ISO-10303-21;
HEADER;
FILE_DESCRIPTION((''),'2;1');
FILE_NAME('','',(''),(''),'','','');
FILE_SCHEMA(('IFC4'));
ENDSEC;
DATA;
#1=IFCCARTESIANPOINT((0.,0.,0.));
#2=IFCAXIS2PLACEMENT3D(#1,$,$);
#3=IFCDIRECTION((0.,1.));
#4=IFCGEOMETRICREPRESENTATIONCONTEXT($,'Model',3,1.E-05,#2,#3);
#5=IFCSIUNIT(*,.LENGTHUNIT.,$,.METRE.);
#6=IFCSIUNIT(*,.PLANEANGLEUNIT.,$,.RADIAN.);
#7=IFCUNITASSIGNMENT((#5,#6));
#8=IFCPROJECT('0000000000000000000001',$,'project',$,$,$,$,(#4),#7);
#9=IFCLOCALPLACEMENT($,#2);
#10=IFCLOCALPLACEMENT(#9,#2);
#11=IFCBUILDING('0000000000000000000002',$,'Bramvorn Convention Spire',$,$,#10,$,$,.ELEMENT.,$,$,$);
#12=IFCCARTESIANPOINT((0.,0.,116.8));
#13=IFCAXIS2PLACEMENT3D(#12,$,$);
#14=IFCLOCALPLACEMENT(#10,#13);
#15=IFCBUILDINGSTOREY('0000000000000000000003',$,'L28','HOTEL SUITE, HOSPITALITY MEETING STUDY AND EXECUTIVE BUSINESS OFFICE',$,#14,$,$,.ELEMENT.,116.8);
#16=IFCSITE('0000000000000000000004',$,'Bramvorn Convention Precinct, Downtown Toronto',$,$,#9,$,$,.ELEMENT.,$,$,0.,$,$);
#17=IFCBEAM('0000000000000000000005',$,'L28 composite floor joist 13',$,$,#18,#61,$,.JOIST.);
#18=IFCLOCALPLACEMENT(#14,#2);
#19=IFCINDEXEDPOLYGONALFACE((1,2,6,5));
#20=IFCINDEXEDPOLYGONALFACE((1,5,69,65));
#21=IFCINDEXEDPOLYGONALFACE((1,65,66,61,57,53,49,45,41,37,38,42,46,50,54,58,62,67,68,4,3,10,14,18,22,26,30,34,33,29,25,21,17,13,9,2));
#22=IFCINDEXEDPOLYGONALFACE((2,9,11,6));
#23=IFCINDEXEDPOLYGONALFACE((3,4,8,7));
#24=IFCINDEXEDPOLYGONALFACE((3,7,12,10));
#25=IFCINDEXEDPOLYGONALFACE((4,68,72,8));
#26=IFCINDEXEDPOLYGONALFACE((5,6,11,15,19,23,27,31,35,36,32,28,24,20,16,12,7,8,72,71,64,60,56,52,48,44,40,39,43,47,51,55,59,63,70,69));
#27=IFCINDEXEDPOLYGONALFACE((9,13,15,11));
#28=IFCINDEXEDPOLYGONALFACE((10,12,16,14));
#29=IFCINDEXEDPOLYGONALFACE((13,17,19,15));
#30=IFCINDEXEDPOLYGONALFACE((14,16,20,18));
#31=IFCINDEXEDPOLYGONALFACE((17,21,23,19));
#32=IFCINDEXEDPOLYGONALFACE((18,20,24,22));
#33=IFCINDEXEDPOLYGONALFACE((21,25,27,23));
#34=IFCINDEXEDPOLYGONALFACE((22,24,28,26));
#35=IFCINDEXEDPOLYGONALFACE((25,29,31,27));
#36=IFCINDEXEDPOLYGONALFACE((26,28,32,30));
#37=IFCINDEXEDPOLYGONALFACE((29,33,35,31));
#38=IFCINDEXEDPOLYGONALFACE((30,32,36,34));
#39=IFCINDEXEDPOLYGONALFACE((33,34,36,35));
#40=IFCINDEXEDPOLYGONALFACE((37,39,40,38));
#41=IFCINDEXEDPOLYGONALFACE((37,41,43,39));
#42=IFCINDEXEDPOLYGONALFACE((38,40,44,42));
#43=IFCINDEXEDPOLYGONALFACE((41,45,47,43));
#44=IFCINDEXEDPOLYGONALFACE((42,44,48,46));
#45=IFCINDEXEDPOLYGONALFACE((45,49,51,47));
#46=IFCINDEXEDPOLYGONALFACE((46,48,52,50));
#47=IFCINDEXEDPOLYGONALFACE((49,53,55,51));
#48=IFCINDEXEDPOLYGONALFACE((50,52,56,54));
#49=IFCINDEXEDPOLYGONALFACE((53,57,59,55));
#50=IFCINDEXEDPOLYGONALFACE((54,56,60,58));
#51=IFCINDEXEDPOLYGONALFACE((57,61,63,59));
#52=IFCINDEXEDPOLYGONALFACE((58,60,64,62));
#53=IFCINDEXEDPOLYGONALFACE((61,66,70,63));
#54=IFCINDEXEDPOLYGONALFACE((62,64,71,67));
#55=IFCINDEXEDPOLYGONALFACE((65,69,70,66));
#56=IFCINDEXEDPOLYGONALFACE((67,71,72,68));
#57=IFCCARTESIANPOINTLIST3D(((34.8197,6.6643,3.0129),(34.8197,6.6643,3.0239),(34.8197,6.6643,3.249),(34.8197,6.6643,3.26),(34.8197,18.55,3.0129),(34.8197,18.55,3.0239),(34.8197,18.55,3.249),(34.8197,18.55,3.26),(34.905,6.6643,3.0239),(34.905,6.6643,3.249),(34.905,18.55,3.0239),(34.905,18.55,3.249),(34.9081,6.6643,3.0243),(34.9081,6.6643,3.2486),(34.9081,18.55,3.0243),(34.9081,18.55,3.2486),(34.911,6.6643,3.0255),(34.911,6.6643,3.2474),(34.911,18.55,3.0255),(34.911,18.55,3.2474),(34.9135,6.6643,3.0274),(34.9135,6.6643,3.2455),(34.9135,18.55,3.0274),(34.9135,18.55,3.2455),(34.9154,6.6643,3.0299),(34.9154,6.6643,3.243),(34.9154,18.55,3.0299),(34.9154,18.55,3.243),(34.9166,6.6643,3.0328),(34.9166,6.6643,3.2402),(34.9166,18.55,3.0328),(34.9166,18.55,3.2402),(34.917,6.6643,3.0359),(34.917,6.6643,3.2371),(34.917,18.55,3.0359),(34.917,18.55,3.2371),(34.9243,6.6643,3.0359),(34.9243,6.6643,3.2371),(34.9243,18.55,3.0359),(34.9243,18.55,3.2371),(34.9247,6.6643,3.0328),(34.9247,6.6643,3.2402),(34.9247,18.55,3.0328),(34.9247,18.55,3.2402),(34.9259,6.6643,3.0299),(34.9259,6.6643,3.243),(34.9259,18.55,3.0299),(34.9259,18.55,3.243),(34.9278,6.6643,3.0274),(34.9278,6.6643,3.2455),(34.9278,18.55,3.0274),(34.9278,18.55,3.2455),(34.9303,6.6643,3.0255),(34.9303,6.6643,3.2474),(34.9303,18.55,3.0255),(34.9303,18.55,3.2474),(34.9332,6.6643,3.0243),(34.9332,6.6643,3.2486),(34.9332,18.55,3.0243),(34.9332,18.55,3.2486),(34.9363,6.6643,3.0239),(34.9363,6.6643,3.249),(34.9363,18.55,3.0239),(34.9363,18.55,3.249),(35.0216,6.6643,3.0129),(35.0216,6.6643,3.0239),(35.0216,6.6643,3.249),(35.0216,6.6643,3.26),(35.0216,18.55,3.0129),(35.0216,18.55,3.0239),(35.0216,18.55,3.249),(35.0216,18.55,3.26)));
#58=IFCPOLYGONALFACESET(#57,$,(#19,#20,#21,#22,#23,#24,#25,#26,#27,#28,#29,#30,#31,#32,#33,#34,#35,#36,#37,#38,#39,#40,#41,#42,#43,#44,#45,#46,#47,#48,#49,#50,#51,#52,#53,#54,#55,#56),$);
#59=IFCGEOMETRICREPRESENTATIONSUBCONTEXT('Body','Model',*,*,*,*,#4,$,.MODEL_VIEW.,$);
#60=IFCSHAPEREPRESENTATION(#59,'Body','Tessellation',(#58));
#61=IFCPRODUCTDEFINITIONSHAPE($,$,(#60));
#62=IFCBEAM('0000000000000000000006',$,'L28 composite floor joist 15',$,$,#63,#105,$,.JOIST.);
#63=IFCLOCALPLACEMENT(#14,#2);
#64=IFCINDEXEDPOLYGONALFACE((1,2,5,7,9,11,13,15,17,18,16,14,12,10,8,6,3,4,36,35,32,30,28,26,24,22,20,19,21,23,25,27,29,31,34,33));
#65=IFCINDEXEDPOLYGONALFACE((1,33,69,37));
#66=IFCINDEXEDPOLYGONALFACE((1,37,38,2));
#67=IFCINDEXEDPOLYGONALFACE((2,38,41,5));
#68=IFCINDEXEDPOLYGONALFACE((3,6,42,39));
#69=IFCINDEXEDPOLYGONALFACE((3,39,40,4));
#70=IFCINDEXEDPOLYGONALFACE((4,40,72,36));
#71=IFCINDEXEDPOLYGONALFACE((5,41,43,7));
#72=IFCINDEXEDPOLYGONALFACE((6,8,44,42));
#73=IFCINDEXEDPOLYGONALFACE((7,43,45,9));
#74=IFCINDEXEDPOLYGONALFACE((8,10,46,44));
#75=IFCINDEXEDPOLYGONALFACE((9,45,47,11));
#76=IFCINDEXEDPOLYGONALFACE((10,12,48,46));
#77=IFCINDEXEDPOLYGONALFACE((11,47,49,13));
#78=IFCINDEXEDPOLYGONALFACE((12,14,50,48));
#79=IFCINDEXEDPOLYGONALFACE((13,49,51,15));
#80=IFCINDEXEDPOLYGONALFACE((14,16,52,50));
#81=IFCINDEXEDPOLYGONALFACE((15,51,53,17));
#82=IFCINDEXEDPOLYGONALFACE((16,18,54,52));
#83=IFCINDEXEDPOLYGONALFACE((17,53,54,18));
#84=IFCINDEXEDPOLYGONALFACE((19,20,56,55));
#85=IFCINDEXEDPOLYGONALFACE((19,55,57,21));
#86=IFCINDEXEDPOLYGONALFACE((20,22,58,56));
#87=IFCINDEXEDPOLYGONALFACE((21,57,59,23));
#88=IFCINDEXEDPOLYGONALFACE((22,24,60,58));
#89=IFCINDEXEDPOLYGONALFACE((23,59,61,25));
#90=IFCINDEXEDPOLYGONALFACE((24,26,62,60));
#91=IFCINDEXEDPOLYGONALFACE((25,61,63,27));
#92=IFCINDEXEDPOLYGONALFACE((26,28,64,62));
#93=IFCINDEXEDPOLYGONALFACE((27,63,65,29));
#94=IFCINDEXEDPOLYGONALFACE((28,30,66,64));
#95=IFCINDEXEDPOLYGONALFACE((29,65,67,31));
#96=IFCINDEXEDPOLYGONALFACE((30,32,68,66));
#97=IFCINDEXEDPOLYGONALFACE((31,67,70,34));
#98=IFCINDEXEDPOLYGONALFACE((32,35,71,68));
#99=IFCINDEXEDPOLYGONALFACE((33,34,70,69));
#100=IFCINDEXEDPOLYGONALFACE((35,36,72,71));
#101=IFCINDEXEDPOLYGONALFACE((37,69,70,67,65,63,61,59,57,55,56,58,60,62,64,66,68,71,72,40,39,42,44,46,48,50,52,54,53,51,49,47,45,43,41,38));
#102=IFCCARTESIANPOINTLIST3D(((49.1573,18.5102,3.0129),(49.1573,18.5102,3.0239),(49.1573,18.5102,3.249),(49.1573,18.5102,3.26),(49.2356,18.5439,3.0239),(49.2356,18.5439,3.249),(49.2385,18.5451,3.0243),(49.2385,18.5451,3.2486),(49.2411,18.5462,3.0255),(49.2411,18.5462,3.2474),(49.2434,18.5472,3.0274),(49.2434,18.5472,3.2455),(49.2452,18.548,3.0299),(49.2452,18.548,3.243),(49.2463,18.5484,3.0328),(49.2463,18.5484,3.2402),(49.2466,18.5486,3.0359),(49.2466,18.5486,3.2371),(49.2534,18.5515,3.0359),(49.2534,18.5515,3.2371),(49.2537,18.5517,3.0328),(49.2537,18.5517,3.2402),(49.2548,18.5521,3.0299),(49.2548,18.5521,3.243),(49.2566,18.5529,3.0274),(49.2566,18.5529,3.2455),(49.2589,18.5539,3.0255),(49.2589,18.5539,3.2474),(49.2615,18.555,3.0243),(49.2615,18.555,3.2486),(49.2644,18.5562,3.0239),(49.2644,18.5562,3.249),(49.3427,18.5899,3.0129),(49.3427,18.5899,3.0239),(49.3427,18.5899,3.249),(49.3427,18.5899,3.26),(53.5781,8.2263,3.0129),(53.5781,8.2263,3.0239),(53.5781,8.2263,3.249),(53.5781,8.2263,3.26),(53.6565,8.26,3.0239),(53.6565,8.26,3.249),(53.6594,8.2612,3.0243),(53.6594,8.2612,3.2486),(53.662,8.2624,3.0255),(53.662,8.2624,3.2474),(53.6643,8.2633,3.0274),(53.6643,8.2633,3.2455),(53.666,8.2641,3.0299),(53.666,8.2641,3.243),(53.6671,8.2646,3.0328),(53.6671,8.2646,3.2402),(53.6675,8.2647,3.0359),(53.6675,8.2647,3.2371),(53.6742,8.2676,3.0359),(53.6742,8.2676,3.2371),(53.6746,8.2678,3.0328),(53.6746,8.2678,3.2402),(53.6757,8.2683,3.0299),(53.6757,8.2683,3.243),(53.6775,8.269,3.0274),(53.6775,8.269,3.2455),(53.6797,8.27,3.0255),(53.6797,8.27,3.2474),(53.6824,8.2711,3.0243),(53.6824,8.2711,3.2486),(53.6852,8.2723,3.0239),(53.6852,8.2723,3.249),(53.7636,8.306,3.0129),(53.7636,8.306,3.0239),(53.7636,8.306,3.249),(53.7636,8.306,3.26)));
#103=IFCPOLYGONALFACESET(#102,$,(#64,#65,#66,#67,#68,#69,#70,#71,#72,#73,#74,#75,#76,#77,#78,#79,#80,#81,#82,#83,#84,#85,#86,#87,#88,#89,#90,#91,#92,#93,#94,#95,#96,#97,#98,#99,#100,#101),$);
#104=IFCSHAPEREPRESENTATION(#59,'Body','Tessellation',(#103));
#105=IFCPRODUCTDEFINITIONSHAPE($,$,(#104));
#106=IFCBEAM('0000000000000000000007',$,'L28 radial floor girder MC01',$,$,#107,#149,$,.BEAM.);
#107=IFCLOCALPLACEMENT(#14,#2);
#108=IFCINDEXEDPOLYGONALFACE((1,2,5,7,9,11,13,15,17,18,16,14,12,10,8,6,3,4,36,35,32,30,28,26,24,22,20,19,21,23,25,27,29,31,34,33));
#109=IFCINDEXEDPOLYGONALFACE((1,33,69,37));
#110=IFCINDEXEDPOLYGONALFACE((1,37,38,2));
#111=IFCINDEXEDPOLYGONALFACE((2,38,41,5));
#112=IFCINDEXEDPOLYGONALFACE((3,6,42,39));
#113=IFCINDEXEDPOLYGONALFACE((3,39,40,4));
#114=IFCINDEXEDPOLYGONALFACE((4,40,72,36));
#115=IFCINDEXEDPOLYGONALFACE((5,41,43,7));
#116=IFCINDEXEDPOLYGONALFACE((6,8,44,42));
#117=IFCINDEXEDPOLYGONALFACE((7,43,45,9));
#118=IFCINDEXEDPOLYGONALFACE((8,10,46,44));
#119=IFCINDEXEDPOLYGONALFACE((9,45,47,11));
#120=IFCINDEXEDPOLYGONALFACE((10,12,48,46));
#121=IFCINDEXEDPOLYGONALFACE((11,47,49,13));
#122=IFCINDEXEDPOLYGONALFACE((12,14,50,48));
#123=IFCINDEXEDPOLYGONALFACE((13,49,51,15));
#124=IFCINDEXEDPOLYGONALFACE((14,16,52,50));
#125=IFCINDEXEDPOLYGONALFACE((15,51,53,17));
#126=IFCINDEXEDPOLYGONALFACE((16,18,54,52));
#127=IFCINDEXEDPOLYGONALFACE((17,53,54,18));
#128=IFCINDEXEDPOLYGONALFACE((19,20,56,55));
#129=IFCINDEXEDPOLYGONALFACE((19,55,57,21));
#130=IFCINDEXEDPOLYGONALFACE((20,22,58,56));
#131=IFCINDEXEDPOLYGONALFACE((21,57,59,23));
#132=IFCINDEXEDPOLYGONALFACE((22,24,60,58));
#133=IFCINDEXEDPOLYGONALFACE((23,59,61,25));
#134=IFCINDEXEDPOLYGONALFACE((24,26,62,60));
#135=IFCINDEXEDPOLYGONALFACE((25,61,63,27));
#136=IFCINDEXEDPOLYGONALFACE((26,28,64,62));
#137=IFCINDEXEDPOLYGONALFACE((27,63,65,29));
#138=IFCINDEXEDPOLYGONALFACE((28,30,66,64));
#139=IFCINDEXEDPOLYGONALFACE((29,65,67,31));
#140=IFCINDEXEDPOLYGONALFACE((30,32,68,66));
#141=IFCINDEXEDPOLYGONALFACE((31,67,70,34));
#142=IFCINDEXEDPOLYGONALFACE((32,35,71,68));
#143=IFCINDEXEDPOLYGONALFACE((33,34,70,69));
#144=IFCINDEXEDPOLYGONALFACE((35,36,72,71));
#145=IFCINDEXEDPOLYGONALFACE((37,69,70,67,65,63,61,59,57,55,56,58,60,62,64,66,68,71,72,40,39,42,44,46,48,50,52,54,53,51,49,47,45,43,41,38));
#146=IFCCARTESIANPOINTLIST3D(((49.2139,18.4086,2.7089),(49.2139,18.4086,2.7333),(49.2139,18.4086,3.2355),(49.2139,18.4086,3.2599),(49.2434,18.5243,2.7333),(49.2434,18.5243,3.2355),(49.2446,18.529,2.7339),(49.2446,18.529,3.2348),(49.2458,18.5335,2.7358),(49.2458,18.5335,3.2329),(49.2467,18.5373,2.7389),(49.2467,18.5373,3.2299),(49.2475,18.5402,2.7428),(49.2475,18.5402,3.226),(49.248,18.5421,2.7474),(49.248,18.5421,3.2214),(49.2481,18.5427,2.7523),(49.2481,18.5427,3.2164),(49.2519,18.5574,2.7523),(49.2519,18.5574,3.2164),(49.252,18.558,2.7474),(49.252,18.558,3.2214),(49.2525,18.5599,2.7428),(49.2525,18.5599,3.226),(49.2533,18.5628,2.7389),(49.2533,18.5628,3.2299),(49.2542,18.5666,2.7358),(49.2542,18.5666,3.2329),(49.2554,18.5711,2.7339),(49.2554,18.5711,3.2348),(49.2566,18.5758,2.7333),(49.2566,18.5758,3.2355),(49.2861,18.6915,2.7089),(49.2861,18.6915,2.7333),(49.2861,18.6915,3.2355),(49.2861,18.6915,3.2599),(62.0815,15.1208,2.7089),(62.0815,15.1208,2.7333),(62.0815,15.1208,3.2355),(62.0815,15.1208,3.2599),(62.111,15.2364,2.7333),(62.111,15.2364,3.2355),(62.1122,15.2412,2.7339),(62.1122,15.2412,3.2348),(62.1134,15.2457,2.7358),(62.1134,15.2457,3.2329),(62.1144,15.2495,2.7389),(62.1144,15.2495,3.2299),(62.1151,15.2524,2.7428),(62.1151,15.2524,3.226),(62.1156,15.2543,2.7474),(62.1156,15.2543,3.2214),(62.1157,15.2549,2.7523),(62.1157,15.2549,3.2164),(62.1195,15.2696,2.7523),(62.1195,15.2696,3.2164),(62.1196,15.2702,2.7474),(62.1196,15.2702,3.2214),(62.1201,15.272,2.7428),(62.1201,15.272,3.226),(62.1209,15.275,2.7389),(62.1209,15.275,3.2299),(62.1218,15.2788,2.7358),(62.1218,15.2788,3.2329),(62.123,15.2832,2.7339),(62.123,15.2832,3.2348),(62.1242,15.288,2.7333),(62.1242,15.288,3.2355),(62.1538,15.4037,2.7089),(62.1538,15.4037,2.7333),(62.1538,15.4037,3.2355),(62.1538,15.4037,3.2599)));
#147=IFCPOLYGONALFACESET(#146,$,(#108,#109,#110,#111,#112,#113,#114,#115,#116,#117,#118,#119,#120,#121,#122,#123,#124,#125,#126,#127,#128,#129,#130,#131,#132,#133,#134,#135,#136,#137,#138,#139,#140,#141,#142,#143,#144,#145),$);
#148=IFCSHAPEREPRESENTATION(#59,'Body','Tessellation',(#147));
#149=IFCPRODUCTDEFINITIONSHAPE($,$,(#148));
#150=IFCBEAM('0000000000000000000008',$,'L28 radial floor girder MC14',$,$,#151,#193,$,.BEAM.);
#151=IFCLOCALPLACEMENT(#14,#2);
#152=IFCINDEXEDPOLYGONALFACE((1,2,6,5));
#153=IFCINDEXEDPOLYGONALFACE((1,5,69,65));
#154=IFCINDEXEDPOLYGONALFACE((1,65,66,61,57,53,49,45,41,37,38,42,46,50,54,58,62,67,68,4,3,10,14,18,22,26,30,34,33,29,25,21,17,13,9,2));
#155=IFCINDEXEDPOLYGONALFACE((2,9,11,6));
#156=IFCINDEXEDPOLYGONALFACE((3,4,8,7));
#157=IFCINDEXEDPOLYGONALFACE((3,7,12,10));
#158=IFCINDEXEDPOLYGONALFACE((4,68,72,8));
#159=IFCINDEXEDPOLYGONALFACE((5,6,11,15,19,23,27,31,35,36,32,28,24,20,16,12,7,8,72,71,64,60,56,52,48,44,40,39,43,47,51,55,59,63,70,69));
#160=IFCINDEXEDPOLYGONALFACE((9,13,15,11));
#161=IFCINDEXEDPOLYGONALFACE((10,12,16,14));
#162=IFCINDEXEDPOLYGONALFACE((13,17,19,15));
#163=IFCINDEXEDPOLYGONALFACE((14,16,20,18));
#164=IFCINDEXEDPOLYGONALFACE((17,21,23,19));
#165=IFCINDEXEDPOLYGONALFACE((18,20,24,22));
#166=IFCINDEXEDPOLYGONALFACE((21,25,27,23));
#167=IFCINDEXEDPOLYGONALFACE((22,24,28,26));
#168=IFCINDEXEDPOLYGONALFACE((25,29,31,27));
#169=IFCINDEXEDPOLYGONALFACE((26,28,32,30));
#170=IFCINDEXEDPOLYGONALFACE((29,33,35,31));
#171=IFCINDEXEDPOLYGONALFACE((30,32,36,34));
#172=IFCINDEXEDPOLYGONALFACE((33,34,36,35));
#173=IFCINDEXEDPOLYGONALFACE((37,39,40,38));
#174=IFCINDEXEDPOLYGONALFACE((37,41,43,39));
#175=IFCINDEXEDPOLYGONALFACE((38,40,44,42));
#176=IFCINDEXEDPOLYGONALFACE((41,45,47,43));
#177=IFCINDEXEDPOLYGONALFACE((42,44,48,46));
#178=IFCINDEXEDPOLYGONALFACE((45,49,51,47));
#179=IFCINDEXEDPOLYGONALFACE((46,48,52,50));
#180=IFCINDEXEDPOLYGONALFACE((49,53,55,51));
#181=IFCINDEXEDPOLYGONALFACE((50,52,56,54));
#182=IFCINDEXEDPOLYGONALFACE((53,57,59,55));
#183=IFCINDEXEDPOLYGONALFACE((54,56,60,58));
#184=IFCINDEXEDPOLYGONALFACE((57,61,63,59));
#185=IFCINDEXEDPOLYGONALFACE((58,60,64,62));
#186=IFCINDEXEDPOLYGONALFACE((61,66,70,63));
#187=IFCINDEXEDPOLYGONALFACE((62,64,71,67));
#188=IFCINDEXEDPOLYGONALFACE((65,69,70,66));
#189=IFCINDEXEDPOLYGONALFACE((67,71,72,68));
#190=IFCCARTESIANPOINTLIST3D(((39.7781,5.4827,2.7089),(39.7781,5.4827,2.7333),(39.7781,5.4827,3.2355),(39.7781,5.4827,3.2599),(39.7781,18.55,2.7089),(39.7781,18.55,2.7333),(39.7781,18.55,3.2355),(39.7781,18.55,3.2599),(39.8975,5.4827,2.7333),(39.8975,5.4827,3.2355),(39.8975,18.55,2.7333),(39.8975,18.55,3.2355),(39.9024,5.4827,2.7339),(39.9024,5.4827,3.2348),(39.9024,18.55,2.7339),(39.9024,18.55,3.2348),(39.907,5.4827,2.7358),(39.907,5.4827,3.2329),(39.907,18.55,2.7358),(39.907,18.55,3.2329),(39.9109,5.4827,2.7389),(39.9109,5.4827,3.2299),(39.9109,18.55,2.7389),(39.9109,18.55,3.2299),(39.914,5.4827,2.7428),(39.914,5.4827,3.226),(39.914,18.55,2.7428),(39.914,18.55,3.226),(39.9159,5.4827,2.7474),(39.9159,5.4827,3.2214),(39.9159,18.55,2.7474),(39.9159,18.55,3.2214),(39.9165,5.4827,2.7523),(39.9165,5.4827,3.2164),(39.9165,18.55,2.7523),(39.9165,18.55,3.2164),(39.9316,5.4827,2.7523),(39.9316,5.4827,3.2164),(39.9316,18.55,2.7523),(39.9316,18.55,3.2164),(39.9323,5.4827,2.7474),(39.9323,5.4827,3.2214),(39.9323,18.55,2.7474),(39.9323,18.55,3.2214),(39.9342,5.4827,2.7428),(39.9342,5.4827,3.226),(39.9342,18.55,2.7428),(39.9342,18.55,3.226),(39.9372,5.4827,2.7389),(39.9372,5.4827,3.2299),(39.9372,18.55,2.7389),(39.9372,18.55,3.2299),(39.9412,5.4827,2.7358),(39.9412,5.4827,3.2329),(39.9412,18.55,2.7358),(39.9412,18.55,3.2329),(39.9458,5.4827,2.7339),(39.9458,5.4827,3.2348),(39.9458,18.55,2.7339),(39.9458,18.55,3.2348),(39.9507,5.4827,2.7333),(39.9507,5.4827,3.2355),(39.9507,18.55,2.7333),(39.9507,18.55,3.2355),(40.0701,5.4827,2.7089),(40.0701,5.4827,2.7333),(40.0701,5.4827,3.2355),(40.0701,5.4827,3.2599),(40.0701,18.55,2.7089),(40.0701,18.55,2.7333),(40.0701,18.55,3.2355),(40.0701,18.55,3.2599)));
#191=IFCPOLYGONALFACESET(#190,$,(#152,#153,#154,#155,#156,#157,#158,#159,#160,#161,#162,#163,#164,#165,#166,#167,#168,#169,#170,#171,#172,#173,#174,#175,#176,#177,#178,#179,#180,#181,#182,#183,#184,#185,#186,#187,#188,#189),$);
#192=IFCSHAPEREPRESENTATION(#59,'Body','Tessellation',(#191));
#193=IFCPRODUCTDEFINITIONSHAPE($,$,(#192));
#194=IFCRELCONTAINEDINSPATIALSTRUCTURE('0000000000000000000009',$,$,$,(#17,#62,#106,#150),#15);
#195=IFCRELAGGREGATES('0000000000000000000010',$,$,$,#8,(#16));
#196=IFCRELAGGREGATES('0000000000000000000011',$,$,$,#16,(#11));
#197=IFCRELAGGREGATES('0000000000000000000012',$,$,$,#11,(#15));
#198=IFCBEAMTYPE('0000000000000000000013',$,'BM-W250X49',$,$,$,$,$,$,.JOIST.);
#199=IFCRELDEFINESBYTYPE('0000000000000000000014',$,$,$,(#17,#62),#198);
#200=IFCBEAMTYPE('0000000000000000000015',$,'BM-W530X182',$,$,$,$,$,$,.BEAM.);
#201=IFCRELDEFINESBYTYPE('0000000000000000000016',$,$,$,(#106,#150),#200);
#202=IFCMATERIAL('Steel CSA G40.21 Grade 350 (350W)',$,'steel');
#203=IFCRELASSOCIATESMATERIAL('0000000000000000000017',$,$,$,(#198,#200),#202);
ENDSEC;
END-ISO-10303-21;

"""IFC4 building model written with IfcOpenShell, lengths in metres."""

from ifc_helpers import new_model, si_unit, direction, frame, origin, origin_2d, place, context, subcontext, project, spatial, i_section, extrude, material, material_profile, profile_set, type_object, element, save


model = new_model("IFC4")

# Units and contexts
model_context = context("Model", 3, precision=1e-05, world=origin(), true_north=direction((0.0, 1.0)))
body_context = subcontext(model_context, "Body", "Model", "MODEL_VIEW")
ifc_project = project(units=[si_unit("LENGTHUNIT", "METRE"), si_unit("PLANEANGLEUNIT", "RADIAN")], contexts=[model_context])

# Site, building, storey
site_placement = place(None, origin())
site = spatial("IfcSite", under=ifc_project, at=site_placement, Name="Bramvorn Convention Precinct, Downtown Toronto", CompositionType="ELEMENT", RefElevation=0.0)
building_placement = place(site_placement, origin())
building = spatial("IfcBuilding", under=site, at=building_placement, Name="Bramvorn Convention Spire", CompositionType="ELEMENT")
storey_placement = place(building_placement, frame((0.0, 0.0, 116.8)))
storey = spatial("IfcBuildingStorey", under=building, at=storey_placement, Name="L28", Description="HOTEL SUITE, HOSPITALITY MEETING STUDY AND EXECUTIVE BUSINESS OFFICE", CompositionType="ELEMENT", Elevation=116.8)

# Beams
ifc_material_1 = material(Name="Steel CSA G40.21 Grade 350 (350W)", Category="steel")
ifc_material_profile_1 = material_profile(ifc_material_1, i_section(OverallWidth=0.2019, OverallDepth=0.2471, WebThickness=0.0073, FlangeThickness=0.011, FilletRadius=0.012, at=origin_2d()))
ifc_profile_set_1 = profile_set([ifc_material_profile_1], Name="Steel CSA G40.21 Grade 350 (350W) - W250X49")
beam_type_1 = type_object("IfcBeamType", Name="BM-W250X49", PredefinedType="JOIST", material=ifc_profile_set_1)
beam_1_placement = place(storey_placement, frame((34.9207, 18.55, 3.1365), z_axis=(0.0, -1.0, 0.0), x_axis=(1.0, 0.0, 0.0)))
element("IfcBeam", 1, at=beam_1_placement, inside=storey, type_object=beam_type_1, Name="L28 composite floor joist 13", PredefinedType="JOIST", context=body_context, shape_type="SweptSolid", body=[
    extrude(i_section(OverallWidth=0.2019, OverallDepth=0.2471, WebThickness=0.0073, FlangeThickness=0.011, FilletRadius=0.012, at=origin_2d()), origin(), (0.0, 0.0, 1.0), 11.8857),
])
beam_2_placement = place(storey_placement, frame((49.25, 18.55, 3.1365), z_axis=(0.394938, -0.918708, 0.0), x_axis=(0.918708, 0.394938, 0.0)))
element("IfcBeam", 2, at=beam_2_placement, inside=storey, type_object=beam_type_1, Name="L28 composite floor joist 15", PredefinedType="JOIST", context=body_context, shape_type="SweptSolid", body=[
    extrude(i_section(OverallWidth=0.2019, OverallDepth=0.2471, WebThickness=0.0073, FlangeThickness=0.011, FilletRadius=0.012, at=origin_2d()), origin(), (0.0, 0.0, 1.0), 11.1938),
])
ifc_material_profile_2 = material_profile(ifc_material_1, i_section(OverallWidth=0.292, OverallDepth=0.551, WebThickness=0.0151, FlangeThickness=0.0244, FilletRadius=0.019, at=origin_2d()))
ifc_profile_set_2 = profile_set([ifc_material_profile_2], Name="Steel CSA G40.21 Grade 350 (350W) - W530X182")
beam_type_2 = type_object("IfcBeamType", Name="BM-W530X182", PredefinedType="BEAM", material=ifc_profile_set_2)
beam_3_placement = place(storey_placement, frame((49.25, 18.55, 2.9844), z_axis=(0.968873, -0.247558, 0.0), x_axis=(0.247558, 0.968873, 0.0)))
element("IfcBeam", 3, at=beam_3_placement, inside=storey, type_object=beam_type_2, Name="L28 radial floor girder MC01", PredefinedType="BEAM", context=body_context, shape_type="SweptSolid", body=[
    extrude(i_section(OverallWidth=0.292, OverallDepth=0.551, WebThickness=0.0151, FlangeThickness=0.0244, FilletRadius=0.019, at=origin_2d()), origin(), (0.0, 0.0, 1.0), 13.281),
])
beam_4_placement = place(storey_placement, frame((39.9241, 18.55, 2.9844), z_axis=(0.0, -1.0, 0.0), x_axis=(1.0, 0.0, 0.0)))
element("IfcBeam", 4, at=beam_4_placement, inside=storey, type_object=beam_type_2, Name="L28 radial floor girder MC14", PredefinedType="BEAM", context=body_context, shape_type="SweptSolid", body=[
    extrude(i_section(OverallWidth=0.292, OverallDepth=0.551, WebThickness=0.0151, FlangeThickness=0.0244, FilletRadius=0.019, at=origin_2d()), origin(), (0.0, 0.0, 1.0), 13.0674),
])

save(model, "model.ifc")
